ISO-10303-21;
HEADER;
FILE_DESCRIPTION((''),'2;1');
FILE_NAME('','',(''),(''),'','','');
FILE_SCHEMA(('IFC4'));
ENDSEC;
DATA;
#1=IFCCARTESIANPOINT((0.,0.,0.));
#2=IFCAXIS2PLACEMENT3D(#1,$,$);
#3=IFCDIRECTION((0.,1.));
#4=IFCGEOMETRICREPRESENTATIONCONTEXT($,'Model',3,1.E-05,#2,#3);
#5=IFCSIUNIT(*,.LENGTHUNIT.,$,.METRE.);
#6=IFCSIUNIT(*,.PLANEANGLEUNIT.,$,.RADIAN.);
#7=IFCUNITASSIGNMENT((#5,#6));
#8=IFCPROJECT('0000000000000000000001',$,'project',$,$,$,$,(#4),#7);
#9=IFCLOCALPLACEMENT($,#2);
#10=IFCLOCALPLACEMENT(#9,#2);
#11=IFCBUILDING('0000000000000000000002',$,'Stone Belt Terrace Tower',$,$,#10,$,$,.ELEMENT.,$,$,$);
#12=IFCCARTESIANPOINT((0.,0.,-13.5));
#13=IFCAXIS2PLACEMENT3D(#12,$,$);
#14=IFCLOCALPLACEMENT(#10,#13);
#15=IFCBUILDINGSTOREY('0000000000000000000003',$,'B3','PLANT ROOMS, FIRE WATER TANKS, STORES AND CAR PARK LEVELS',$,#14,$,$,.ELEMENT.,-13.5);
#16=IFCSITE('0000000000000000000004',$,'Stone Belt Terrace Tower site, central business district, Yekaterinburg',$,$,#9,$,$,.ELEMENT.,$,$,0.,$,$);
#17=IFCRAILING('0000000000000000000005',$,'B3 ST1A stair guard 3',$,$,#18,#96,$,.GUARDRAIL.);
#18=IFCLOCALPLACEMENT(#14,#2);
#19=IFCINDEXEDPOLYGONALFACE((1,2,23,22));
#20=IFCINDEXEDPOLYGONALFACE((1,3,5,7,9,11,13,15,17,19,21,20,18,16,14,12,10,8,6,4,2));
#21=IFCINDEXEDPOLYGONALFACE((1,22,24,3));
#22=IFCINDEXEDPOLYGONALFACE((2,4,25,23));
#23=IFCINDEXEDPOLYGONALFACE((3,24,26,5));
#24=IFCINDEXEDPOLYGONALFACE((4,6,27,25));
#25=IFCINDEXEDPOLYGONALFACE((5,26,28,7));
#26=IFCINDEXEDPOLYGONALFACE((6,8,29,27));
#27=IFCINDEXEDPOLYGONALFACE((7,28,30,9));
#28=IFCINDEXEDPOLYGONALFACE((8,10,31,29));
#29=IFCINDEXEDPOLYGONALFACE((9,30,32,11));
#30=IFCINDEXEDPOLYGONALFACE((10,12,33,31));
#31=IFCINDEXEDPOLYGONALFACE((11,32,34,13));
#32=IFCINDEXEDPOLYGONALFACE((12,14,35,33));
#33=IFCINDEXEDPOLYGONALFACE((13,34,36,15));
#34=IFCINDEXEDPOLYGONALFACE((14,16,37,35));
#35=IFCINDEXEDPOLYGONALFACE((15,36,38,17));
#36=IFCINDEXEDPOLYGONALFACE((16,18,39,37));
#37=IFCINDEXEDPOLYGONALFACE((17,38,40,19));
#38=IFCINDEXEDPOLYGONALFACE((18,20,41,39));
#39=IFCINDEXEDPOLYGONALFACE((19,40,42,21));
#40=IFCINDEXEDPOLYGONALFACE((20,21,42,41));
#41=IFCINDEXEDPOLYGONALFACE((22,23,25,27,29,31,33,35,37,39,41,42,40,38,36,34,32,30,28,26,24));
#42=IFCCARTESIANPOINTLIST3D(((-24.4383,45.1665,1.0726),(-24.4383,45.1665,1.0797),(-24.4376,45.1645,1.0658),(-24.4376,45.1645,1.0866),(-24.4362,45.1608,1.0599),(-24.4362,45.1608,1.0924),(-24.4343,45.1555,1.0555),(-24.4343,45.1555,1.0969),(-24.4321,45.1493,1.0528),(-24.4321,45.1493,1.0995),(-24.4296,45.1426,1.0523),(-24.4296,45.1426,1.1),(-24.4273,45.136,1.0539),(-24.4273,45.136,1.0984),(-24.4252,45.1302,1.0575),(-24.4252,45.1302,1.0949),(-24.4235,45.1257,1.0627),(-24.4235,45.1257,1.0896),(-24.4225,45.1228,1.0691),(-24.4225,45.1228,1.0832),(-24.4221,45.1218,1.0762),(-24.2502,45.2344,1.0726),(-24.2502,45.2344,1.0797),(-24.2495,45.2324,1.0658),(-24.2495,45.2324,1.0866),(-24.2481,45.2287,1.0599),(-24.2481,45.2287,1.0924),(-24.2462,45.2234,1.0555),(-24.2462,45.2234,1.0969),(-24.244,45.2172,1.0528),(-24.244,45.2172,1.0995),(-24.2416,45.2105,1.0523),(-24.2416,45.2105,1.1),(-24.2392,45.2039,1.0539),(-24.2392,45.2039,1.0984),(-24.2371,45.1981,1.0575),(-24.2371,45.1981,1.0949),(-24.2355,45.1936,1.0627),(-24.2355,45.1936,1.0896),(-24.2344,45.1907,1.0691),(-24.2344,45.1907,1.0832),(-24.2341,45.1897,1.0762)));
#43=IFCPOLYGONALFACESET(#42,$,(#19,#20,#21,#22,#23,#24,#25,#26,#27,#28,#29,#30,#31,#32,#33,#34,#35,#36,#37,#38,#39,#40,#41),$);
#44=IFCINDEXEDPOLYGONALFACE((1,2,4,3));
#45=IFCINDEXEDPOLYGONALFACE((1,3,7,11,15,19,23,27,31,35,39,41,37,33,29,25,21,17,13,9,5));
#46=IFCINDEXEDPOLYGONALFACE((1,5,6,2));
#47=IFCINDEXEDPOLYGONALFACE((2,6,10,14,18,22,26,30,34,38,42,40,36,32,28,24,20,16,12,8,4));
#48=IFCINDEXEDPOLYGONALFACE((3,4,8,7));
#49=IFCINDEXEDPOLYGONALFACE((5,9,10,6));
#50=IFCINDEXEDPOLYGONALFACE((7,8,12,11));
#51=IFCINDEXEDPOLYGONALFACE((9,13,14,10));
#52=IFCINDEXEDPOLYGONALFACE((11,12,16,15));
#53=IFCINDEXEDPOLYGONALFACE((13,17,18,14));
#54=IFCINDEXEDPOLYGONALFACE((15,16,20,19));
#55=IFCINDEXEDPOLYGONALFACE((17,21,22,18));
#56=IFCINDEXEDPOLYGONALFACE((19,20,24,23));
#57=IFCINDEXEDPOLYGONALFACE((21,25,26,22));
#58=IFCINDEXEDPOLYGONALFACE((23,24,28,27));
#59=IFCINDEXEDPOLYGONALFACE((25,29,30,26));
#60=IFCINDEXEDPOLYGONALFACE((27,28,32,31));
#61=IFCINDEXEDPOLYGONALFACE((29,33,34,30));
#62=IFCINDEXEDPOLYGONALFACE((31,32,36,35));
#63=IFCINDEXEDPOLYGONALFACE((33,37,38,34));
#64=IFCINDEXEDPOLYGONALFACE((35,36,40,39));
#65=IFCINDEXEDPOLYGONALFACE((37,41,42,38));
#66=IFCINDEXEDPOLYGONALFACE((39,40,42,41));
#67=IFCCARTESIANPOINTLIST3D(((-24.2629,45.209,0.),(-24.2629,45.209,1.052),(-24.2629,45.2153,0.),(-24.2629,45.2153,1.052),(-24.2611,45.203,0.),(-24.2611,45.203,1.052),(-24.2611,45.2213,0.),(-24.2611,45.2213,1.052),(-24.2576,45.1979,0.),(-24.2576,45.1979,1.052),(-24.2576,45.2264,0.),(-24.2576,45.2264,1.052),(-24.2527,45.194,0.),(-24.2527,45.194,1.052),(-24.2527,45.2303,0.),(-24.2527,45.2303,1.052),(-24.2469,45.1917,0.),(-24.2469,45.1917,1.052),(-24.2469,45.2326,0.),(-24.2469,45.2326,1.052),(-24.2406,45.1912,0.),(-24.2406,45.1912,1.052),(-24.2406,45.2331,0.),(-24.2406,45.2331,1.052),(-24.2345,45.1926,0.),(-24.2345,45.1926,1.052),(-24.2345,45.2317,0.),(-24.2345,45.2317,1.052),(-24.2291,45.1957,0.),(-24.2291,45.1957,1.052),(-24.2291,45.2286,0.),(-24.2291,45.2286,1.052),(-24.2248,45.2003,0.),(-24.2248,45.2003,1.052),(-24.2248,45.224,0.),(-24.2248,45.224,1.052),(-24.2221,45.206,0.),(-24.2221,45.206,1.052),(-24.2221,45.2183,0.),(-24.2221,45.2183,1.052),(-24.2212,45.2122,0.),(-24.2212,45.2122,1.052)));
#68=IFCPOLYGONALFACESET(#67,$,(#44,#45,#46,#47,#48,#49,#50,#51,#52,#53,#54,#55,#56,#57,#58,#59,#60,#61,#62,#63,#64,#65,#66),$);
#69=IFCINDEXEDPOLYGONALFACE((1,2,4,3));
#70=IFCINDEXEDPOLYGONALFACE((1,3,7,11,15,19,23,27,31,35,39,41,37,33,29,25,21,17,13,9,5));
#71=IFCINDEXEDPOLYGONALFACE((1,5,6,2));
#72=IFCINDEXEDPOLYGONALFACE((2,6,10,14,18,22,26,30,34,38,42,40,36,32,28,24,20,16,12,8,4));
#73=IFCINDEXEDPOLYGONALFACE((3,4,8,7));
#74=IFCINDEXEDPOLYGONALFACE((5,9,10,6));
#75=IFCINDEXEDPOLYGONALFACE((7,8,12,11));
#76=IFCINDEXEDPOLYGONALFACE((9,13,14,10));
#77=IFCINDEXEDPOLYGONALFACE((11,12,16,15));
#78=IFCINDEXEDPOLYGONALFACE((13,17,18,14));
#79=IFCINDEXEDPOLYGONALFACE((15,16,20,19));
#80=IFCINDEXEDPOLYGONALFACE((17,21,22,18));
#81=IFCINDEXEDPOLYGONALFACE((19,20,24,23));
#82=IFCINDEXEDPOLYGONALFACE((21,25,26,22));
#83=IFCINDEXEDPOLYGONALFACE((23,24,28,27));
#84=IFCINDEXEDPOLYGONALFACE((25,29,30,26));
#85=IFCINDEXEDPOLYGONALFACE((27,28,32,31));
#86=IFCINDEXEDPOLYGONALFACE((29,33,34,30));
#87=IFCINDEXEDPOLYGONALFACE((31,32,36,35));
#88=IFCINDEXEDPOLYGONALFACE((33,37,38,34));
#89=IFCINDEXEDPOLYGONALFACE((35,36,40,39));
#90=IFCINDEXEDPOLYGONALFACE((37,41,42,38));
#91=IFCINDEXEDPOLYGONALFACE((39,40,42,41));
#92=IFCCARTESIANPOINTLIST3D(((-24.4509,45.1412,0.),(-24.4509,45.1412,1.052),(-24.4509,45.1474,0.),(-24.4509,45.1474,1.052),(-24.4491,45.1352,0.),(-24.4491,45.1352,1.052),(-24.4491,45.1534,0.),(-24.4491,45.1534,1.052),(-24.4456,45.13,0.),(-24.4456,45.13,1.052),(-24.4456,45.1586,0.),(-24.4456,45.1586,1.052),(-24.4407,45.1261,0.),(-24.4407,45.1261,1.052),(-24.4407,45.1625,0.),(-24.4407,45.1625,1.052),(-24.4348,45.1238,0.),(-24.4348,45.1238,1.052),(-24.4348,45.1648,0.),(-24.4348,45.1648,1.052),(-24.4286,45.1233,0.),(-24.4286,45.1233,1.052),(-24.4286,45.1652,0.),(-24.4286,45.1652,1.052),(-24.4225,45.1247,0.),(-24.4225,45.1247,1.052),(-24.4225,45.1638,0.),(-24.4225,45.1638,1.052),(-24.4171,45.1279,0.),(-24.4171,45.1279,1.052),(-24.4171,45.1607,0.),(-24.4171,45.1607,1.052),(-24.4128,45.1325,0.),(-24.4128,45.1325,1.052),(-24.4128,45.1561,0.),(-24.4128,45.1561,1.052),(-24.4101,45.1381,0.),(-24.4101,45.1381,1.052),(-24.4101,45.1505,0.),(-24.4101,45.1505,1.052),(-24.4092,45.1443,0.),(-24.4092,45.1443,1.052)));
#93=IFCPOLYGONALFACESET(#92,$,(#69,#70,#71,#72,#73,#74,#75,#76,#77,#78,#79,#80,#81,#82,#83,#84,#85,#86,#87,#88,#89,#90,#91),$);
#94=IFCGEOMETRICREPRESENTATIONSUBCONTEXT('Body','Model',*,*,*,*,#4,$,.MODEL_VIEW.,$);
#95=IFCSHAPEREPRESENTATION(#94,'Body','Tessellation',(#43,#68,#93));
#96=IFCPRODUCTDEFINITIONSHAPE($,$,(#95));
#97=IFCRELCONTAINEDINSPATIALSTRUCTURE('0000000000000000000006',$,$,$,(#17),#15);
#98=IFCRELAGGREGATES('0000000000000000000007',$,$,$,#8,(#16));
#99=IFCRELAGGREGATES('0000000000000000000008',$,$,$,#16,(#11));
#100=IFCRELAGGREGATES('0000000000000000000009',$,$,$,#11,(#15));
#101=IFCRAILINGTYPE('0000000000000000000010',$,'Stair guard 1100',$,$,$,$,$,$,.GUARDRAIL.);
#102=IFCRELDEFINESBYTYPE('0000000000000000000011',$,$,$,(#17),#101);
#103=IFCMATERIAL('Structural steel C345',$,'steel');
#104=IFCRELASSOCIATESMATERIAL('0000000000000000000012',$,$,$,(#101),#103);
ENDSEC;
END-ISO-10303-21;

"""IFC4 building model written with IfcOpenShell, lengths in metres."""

from ifc_helpers import new_model, si_unit, direction, frame, origin, origin_2d, place, context, subcontext, project, spatial, circle, extrude, material, type_object, element, save


model = new_model("IFC4")

# Units and contexts
model_context = context("Model", 3, precision=1e-05, world=origin(), true_north=direction((0.0, 1.0)))
body_context = subcontext(model_context, "Body", "Model", "MODEL_VIEW")
ifc_project = project(units=[si_unit("LENGTHUNIT", "METRE"), si_unit("PLANEANGLEUNIT", "RADIAN")], contexts=[model_context])

# Site, building, storey
site_placement = place(None, origin())
site = spatial("IfcSite", under=ifc_project, at=site_placement, Name="Stone Belt Terrace Tower site, central business district, Yekaterinburg", CompositionType="ELEMENT", RefElevation=0.0)
building_placement = place(site_placement, origin())
building = spatial("IfcBuilding", under=site, at=building_placement, Name="Stone Belt Terrace Tower", CompositionType="ELEMENT")
storey_placement = place(building_placement, frame((0.0, 0.0, -13.5)))
storey = spatial("IfcBuildingStorey", under=building, at=storey_placement, Name="B3", Description="PLANT ROOMS, FIRE WATER TANKS, STORES AND CAR PARK LEVELS", CompositionType="ELEMENT", Elevation=-13.5)

# Railing
ifc_material_1 = material(Name="Structural steel C345", Category="steel")
railing_type = type_object("IfcRailingType", Name="Stair guard 1100", PredefinedType="GUARDRAIL", material=ifc_material_1)
railing_1_placement = place(storey_placement, frame((-24.2422, 45.2122, 0.0)))
element("IfcRailing", 1, at=railing_1_placement, inside=storey, type_object=railing_type, Name="B3 ST1A stair guard 3", PredefinedType="GUARDRAIL", context=body_context, shape_type="SweptSolid", body=[
    extrude(circle(Radius=0.0239, at=origin_2d()), frame((0.0, 0.0, 1.0762), z_axis=(-0.940576, -0.339584, 0.0), x_axis=(0.339584, -0.940576, 0.0)), (0.0, 0.0, 1.0), 0.2),
    extrude(circle(Radius=0.021, at=origin_2d()), origin(), (0.0, 0.0, 1.0), 1.052),
    extrude(circle(Radius=0.021, at=origin_2d()), frame((-0.188, -0.0679, 0.0)), (0.0, 0.0, 1.0), 1.052),
])

save(model, "model.ifc")
